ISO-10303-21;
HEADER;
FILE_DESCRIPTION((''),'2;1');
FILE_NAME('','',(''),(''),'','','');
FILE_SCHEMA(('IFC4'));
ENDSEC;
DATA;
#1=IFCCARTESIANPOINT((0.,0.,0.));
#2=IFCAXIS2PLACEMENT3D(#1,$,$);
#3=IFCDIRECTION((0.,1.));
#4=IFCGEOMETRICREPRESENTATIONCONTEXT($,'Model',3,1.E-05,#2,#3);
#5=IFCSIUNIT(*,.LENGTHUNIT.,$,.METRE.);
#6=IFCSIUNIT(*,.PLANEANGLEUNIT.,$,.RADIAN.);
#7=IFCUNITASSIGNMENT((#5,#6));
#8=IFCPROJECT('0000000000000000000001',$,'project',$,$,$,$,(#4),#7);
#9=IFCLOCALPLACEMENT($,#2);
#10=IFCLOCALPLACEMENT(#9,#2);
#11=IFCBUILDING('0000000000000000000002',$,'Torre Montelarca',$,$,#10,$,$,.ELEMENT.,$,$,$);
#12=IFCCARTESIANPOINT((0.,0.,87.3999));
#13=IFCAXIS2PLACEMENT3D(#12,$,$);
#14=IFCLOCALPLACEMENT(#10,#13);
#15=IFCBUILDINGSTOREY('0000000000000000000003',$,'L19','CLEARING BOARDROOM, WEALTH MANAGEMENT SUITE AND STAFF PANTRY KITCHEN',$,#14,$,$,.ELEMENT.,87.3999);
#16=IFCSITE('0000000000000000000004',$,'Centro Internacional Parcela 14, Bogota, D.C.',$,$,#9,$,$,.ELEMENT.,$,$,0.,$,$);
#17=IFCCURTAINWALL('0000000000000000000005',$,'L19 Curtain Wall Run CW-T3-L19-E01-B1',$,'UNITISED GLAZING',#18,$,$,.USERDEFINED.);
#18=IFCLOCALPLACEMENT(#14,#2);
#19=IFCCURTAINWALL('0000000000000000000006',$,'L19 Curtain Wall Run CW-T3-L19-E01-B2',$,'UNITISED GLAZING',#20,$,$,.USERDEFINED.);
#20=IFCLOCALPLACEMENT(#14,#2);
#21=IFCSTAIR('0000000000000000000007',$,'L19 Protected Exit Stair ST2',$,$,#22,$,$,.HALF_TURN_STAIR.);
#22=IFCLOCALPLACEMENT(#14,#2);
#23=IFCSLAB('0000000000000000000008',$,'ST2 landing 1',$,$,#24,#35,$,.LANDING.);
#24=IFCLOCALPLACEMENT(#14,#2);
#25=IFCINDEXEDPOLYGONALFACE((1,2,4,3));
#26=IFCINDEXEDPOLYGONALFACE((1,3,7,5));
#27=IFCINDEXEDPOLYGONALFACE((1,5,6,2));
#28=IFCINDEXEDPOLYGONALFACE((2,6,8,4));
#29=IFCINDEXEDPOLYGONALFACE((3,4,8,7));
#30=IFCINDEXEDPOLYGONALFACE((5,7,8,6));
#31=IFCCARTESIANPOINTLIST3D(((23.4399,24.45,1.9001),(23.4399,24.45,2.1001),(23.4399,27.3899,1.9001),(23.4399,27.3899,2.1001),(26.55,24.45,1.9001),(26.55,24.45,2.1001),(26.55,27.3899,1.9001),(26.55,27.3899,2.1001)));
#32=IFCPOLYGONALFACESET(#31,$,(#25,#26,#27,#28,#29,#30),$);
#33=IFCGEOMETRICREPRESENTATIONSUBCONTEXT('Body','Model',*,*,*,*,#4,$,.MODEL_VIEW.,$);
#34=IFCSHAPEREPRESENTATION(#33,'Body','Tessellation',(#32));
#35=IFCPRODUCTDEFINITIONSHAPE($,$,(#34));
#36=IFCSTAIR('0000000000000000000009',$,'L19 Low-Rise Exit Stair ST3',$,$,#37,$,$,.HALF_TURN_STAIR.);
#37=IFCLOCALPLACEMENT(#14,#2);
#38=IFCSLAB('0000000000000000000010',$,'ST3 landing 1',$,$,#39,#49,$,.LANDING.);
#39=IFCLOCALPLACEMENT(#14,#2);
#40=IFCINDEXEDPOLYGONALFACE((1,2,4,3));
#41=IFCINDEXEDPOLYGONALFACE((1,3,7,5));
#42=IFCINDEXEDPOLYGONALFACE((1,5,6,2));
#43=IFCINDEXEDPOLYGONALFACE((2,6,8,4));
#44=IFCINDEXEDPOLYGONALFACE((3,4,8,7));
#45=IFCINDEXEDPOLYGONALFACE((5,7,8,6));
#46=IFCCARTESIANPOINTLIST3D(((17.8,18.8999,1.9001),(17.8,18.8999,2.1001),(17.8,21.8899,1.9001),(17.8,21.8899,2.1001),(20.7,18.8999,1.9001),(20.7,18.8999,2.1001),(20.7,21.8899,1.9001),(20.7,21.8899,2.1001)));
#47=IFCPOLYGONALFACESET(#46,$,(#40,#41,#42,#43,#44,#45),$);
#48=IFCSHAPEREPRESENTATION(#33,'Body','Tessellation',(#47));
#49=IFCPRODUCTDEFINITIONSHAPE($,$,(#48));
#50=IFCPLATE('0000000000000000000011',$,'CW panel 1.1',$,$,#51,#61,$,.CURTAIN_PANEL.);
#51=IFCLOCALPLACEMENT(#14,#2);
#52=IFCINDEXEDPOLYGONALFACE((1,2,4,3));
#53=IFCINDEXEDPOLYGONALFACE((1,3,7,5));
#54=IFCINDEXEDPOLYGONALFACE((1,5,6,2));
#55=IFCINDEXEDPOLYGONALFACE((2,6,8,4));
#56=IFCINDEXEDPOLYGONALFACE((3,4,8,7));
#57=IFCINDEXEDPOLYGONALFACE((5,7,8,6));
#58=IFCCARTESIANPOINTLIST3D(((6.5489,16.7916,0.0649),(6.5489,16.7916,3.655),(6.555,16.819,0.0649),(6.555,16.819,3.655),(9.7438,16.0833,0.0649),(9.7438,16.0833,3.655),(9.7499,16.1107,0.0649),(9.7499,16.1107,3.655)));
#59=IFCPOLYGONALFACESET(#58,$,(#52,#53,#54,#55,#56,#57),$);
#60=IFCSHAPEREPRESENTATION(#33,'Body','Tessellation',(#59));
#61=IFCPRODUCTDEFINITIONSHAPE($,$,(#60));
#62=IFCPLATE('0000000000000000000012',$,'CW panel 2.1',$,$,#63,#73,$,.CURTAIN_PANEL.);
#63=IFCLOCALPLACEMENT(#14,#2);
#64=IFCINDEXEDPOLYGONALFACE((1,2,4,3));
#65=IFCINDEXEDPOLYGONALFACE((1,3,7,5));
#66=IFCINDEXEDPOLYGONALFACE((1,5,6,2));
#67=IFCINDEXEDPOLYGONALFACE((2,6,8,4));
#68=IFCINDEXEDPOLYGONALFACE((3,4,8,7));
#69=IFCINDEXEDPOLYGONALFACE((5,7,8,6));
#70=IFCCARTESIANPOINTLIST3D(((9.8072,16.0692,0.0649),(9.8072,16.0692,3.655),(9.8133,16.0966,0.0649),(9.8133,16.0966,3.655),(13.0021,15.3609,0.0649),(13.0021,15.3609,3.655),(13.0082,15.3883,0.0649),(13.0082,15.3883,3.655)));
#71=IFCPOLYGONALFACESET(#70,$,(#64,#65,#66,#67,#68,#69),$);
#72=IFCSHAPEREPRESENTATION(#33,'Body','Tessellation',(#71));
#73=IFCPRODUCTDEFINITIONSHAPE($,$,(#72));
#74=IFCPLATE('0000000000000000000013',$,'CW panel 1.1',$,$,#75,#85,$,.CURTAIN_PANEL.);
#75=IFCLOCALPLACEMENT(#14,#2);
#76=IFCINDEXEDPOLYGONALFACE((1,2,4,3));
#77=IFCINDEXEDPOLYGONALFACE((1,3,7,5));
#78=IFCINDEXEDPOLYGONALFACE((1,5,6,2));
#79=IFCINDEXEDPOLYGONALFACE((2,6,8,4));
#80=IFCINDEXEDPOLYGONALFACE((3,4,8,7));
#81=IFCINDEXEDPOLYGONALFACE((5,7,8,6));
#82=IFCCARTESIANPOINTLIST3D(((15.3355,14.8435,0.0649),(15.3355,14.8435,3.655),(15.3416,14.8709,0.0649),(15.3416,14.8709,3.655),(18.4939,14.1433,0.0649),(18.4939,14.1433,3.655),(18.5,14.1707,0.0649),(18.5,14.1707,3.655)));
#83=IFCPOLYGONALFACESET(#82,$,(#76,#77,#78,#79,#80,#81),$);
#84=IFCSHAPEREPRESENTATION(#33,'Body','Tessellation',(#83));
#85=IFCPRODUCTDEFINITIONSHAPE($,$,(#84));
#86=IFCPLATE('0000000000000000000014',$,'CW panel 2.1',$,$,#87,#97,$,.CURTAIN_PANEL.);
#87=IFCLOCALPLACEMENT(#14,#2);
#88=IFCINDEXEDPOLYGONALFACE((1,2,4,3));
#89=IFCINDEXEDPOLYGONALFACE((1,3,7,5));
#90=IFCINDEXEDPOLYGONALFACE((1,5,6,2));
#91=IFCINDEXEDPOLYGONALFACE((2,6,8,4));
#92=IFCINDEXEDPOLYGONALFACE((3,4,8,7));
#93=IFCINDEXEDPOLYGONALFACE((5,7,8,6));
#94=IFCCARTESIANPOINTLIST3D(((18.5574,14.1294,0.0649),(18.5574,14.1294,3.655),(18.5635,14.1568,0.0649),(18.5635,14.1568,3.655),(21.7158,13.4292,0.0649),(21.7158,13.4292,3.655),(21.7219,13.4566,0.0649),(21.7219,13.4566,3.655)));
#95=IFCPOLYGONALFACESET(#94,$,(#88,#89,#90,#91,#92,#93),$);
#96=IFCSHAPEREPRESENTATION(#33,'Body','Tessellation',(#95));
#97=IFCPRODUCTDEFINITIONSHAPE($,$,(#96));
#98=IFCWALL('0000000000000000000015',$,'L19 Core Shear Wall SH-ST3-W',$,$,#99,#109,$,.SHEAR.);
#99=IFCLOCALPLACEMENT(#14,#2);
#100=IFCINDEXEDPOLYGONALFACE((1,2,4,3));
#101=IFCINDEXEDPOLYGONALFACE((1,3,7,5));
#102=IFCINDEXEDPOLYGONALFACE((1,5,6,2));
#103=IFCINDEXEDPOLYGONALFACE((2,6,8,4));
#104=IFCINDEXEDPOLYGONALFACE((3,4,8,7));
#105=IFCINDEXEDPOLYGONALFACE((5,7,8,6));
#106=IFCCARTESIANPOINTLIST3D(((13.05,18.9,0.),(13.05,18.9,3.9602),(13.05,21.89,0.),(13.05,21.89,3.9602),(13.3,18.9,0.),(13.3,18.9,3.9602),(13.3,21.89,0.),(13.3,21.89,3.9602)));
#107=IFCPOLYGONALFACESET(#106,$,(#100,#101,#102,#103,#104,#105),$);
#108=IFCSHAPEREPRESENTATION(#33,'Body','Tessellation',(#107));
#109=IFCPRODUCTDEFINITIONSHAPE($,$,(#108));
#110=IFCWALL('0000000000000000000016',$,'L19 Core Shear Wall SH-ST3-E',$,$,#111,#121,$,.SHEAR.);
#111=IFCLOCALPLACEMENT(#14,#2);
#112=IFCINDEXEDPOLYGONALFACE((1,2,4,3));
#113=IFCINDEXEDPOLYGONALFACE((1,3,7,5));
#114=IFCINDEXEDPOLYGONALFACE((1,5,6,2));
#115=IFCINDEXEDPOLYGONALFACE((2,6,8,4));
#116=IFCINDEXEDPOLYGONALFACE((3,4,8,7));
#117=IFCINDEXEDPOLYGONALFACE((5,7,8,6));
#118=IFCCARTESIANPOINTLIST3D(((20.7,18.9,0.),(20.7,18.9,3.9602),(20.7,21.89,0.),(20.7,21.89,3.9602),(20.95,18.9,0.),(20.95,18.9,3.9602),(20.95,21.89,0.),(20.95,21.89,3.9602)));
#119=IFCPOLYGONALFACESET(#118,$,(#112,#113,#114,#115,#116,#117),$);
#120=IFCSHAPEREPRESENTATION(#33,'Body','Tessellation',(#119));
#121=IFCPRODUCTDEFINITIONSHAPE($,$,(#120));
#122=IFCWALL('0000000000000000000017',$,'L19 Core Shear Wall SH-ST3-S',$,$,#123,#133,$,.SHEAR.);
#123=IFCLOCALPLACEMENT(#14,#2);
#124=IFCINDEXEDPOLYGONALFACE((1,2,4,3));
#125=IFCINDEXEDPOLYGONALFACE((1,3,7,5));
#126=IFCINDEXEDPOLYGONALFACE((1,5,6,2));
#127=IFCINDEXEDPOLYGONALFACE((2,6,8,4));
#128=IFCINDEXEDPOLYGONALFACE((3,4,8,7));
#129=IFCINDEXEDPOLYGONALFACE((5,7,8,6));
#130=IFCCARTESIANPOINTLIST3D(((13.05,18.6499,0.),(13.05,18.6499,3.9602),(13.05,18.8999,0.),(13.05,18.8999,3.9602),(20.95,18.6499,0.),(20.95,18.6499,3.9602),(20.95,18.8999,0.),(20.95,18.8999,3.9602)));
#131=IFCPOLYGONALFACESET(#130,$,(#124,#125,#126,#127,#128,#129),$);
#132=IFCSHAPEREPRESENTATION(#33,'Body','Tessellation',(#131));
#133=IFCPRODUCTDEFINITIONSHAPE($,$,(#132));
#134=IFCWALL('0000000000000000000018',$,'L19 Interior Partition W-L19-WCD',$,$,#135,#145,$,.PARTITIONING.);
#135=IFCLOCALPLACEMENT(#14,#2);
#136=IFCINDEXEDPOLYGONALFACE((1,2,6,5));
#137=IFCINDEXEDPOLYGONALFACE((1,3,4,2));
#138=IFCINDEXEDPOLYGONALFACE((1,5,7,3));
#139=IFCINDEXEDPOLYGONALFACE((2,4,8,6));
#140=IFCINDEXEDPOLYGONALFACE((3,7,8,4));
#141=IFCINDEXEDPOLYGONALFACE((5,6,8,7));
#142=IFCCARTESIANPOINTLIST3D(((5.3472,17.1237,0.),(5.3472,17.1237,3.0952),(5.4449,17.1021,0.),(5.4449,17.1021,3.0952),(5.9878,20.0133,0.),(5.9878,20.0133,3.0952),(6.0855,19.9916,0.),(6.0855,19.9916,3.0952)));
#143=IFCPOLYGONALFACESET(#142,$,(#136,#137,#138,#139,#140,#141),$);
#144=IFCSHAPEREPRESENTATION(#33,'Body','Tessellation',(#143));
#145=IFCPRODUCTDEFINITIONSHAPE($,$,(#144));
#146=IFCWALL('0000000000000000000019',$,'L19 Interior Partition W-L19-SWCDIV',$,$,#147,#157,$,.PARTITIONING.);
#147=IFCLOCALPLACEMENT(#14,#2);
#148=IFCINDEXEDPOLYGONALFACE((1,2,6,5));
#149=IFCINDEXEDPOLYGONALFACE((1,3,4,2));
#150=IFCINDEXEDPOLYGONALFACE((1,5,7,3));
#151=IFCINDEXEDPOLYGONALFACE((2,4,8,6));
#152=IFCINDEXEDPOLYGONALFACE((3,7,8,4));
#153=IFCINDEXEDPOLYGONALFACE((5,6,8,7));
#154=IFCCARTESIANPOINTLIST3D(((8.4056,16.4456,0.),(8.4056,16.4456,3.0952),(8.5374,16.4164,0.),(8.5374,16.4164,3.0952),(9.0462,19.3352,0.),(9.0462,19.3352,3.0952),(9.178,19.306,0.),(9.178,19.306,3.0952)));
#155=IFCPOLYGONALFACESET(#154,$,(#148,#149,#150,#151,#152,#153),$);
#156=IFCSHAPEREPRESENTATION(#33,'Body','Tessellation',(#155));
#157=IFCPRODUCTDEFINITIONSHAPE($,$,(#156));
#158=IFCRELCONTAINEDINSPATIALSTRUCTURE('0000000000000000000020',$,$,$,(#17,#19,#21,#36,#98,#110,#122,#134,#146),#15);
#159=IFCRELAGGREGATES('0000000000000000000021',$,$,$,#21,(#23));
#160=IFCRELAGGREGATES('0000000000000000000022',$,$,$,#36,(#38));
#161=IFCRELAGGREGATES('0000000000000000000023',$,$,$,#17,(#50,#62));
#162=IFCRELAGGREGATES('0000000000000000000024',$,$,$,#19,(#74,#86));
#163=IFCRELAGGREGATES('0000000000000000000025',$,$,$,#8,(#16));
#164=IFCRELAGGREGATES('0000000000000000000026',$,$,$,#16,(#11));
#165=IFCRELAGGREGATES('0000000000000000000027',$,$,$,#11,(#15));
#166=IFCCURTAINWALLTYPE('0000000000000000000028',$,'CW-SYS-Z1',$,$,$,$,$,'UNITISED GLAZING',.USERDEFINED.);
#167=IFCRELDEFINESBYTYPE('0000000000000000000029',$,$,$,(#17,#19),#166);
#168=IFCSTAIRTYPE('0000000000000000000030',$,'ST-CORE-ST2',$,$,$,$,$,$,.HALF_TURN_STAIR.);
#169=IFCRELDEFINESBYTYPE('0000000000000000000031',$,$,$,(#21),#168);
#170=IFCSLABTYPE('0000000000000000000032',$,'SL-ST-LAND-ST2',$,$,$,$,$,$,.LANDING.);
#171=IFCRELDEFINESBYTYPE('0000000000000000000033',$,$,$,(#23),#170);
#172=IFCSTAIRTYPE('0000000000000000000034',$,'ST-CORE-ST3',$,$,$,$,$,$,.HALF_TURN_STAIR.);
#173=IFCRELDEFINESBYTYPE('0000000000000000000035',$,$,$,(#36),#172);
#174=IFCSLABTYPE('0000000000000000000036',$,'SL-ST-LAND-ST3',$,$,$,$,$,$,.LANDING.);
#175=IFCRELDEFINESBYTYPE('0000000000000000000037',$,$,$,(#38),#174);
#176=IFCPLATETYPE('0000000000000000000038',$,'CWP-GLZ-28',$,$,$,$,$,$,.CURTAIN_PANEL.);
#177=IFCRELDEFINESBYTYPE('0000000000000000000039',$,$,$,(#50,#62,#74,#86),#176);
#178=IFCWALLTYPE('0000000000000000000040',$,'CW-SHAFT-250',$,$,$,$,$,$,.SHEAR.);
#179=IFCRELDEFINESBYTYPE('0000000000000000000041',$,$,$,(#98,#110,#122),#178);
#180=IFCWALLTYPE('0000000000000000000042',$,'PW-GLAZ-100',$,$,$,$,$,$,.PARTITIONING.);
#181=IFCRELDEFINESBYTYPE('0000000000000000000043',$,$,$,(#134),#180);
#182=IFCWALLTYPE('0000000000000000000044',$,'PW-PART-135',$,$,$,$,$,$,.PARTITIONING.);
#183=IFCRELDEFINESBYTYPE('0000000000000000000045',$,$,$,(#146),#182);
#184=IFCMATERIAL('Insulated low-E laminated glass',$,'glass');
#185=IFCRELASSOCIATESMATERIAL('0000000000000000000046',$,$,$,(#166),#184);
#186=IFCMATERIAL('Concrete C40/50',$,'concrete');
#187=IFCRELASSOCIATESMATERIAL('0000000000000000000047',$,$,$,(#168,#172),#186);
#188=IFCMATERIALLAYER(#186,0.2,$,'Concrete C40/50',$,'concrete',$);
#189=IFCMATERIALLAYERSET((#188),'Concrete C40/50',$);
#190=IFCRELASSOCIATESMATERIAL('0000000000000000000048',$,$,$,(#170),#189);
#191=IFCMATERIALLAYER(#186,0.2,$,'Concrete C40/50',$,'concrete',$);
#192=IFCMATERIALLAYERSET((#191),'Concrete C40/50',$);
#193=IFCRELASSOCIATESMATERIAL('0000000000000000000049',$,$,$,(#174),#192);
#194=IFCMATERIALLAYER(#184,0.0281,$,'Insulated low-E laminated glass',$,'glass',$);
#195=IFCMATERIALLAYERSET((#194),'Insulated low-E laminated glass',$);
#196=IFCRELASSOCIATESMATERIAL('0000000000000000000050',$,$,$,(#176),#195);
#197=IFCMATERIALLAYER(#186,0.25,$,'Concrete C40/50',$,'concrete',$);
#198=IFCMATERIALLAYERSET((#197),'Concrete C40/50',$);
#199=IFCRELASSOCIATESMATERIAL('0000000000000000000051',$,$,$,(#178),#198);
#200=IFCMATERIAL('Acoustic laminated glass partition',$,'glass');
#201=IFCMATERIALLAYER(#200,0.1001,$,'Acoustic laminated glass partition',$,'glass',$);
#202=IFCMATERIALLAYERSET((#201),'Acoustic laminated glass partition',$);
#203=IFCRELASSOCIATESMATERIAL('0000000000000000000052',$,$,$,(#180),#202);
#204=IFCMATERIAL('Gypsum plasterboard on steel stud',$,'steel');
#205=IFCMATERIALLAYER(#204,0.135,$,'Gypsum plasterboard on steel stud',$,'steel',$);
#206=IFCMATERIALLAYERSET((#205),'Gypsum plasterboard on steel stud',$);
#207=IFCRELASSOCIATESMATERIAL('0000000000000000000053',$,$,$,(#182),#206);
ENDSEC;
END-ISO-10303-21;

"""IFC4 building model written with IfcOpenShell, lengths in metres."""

from ifc_helpers import new_model, si_unit, direction, frame, frame_2d, origin, origin_2d, place, context, subcontext, project, spatial, polyline, rectangle, outline, extrude, source, transform, mapped, material, layer, layer_set, type_object, element, aggregate, save


model = new_model("IFC4")

# Units and contexts
model_context = context("Model", 3, precision=1e-05, world=origin(), true_north=direction((0.0, 1.0)))
body_context = subcontext(model_context, "Body", "Model", "MODEL_VIEW")
ifc_project = project(units=[si_unit("LENGTHUNIT", "METRE"), si_unit("PLANEANGLEUNIT", "RADIAN")], contexts=[model_context])

# Site, building, storey
site_placement = place(None, origin())
site = spatial("IfcSite", under=ifc_project, at=site_placement, Name="Centro Internacional Parcela 14, Bogota, D.C.", CompositionType="ELEMENT", RefElevation=0.0)
building_placement = place(site_placement, origin())
building = spatial("IfcBuilding", under=site, at=building_placement, Name="Torre Montelarca", CompositionType="ELEMENT")
storey_placement = place(building_placement, frame((0.0, 0.0, 87.3999)))
storey = spatial("IfcBuildingStorey", under=building, at=storey_placement, Name="L19", Description="CLEARING BOARDROOM, WEALTH MANAGEMENT SUITE AND STAFF PANTRY KITCHEN", CompositionType="ELEMENT", Elevation=87.3999)

# Curtain walls
ifc_material_1 = material(Name="Insulated low-E laminated glass", Category="glass")
curtain_wall_type = type_object("IfcCurtainWallType", Name="CW-SYS-Z1", ElementType="UNITISED GLAZING", PredefinedType="USERDEFINED", material=ifc_material_1)
curtain_wall_1_placement = place(storey_placement, origin())
curtain_wall_1 = element("IfcCurtainWall", 1, at=curtain_wall_1_placement, inside=storey, type_object=curtain_wall_type, Name="L19 Curtain Wall Run CW-T3-L19-E01-B1", ObjectType="UNITISED GLAZING", PredefinedType="USERDEFINED")
curtain_wall_2_placement = place(storey_placement, origin())
curtain_wall_2 = element("IfcCurtainWall", 2, at=curtain_wall_2_placement, inside=storey, type_object=curtain_wall_type, Name="L19 Curtain Wall Run CW-T3-L19-E01-B2", ObjectType="UNITISED GLAZING", PredefinedType="USERDEFINED")

# Shared definitions
ifc_material_2 = material(Name="Concrete C40/50", Category="concrete")

# Stairs, slabs
stair_type_1 = type_object("IfcStairType", Name="ST-CORE-ST2", PredefinedType="HALF_TURN_STAIR", material=ifc_material_2)
stair_1_placement = place(storey_placement, origin())
stair_1 = element("IfcStair", 3, at=stair_1_placement, inside=storey, type_object=stair_type_1, Name="L19 Protected Exit Stair ST2", PredefinedType="HALF_TURN_STAIR")
ifc_layer_1 = layer(ifc_material_2, 0.2, Name="Concrete C40/50", Category="concrete")
ifc_layer_set_1 = layer_set([ifc_layer_1], Name="Concrete C40/50")
slab_type_1 = type_object("IfcSlabType", Name="SL-ST-LAND-ST2", PredefinedType="LANDING", material=ifc_layer_set_1)
slab_1_placement = place(storey_placement, frame((0.0, 0.0, 1.9001)))
slab_1 = element("IfcSlab", 4, at=slab_1_placement, type_object=slab_type_1, Name="ST2 landing 1", PredefinedType="LANDING", context=body_context, shape_type="SweptSolid", body=[
    extrude(outline(polyline([(23.4399, 27.3899), (23.4399, 24.45), (26.55, 24.45), (26.55, 27.3899), (23.4399, 27.3899)])), origin(), (0.0, 0.0, 1.0), 0.2),
])
aggregate(stair_1, [slab_1])
stair_type_2 = type_object("IfcStairType", Name="ST-CORE-ST3", PredefinedType="HALF_TURN_STAIR", material=ifc_material_2)
stair_2_placement = place(storey_placement, origin())
stair_2 = element("IfcStair", 5, at=stair_2_placement, inside=storey, type_object=stair_type_2, Name="L19 Low-Rise Exit Stair ST3", PredefinedType="HALF_TURN_STAIR")
ifc_layer_2 = layer(ifc_material_2, 0.2, Name="Concrete C40/50", Category="concrete")
ifc_layer_set_2 = layer_set([ifc_layer_2], Name="Concrete C40/50")
slab_type_2 = type_object("IfcSlabType", Name="SL-ST-LAND-ST3", PredefinedType="LANDING", material=ifc_layer_set_2)
slab_2_placement = place(storey_placement, frame((0.0, 0.0, 1.9001)))
slab_2 = element("IfcSlab", 6, at=slab_2_placement, type_object=slab_type_2, Name="ST3 landing 1", PredefinedType="LANDING", context=body_context, shape_type="SweptSolid", body=[
    extrude(outline(polyline([(17.8, 18.8999), (20.7, 18.8999), (20.7, 21.8899), (17.8, 21.8899), (17.8, 18.8999)])), origin(), (0.0, 0.0, 1.0), 0.2),
])
aggregate(stair_2, [slab_2])

# Plates
ifc_layer_3 = layer(ifc_material_1, 0.0281, Name="Insulated low-E laminated glass", Category="glass")
ifc_layer_set_3 = layer_set([ifc_layer_3], Name="Insulated low-E laminated glass")
plate_type = type_object("IfcPlateType", Name="CWP-GLZ-28", PredefinedType="CURTAIN_PANEL", material=ifc_layer_set_3)
shared_shape_1 = source(origin(), body_context, "Body", "SweptSolid", [
    extrude(rectangle(XDim=3.2725, YDim=0.0281, at=origin_2d()), origin(), (0.0, 0.0, 1.0), 3.5901),
])
plate_1_placement = place(storey_placement, frame((8.1494, 16.4512, 0.0649), z_axis=(0.0, 0.0, 1.0), x_axis=(0.976297, -0.216437, 0.0)))
plate_1 = element("IfcPlate", 7, at=plate_1_placement, type_object=plate_type, Name="CW panel 1.1", PredefinedType="CURTAIN_PANEL", context=body_context, shape_type="MappedRepresentation", body=[
    mapped(shared_shape_1, transform((0.0, 0.0, 0.0), scale=1.0)),
])
plate_2_placement = place(storey_placement, frame((11.4077, 15.7288, 0.0649), z_axis=(0.0, 0.0, 1.0), x_axis=(0.976297, -0.216437, 0.0)))
plate_2 = element("IfcPlate", 8, at=plate_2_placement, type_object=plate_type, Name="CW panel 2.1", PredefinedType="CURTAIN_PANEL", context=body_context, shape_type="MappedRepresentation", body=[
    mapped(shared_shape_1, transform((0.0, 0.0, 0.0), scale=1.0)),
])
aggregate(curtain_wall_1, [plate_1, plate_2])
shared_shape_2 = source(origin(), body_context, "Body", "SweptSolid", [
    extrude(rectangle(XDim=3.2351, YDim=0.0281, at=origin_2d()), origin(), (0.0, 0.0, 1.0), 3.5901),
])
plate_3_placement = place(storey_placement, frame((16.9177, 14.5071, 0.0649), z_axis=(0.0, 0.0, 1.0), x_axis=(0.976296, -0.216441, 0.0)))
plate_3 = element("IfcPlate", 9, at=plate_3_placement, type_object=plate_type, Name="CW panel 1.1", PredefinedType="CURTAIN_PANEL", context=body_context, shape_type="MappedRepresentation", body=[
    mapped(shared_shape_2, transform((0.0, 0.0, 0.0), scale=1.0)),
])
plate_4_placement = place(storey_placement, frame((20.1396, 13.793, 0.0649), z_axis=(0.0, 0.0, 1.0), x_axis=(0.976296, -0.216441, 0.0)))
plate_4 = element("IfcPlate", 10, at=plate_4_placement, type_object=plate_type, Name="CW panel 2.1", PredefinedType="CURTAIN_PANEL", context=body_context, shape_type="MappedRepresentation", body=[
    mapped(shared_shape_2, transform((0.0, 0.0, 0.0), scale=1.0)),
])
aggregate(curtain_wall_2, [plate_3, plate_4])

# Walls
ifc_layer_4 = layer(ifc_material_2, 0.25, Name="Concrete C40/50", Category="concrete")
ifc_layer_set_4 = layer_set([ifc_layer_4], Name="Concrete C40/50")
wall_type_1 = type_object("IfcWallType", Name="CW-SHAFT-250", PredefinedType="SHEAR", material=ifc_layer_set_4)
for number, where, z_axis, x_axis, name in (
    (11, (13.175, 18.8999, 0.0), (0.0, 0.0, 1.0), (0.0, 1.0, 0.0), "L19 Core Shear Wall SH-ST3-W"),
    (12, (20.825, 18.8999, 0.0), (0.0, 0.0, 1.0), (0.0, 1.0, 0.0), "L19 Core Shear Wall SH-ST3-E"),
):
    element("IfcWall", number, at=place(storey_placement, frame(where, z_axis=z_axis, x_axis=x_axis)), inside=storey, type_object=wall_type_1, Name=name, PredefinedType="SHEAR", context=body_context, shape_type="SweptSolid", body=[
        extrude(rectangle(XDim=2.99, YDim=0.25, at=frame_2d((1.4951, 0.0))), origin(), (0.0, 0.0, 1.0), 3.9602),
    ])
wall_1_placement = place(storey_placement, frame((13.05, 18.7749, 0.0), z_axis=(0.0, 0.0, 1.0), x_axis=(1.0, 0.0, 0.0)))
element("IfcWall", 13, at=wall_1_placement, inside=storey, type_object=wall_type_1, Name="L19 Core Shear Wall SH-ST3-S", PredefinedType="SHEAR", context=body_context, shape_type="SweptSolid", body=[
    extrude(rectangle(XDim=7.8999, YDim=0.25, at=frame_2d((3.95, 0.0))), origin(), (0.0, 0.0, 1.0), 3.9602),
])
ifc_material_3 = material(Name="Acoustic laminated glass partition", Category="glass")
ifc_layer_5 = layer(ifc_material_3, 0.1001, Name="Acoustic laminated glass partition", Category="glass")
ifc_layer_set_5 = layer_set([ifc_layer_5], Name="Acoustic laminated glass partition")
wall_type_2 = type_object("IfcWallType", Name="PW-GLAZ-100", PredefinedType="PARTITIONING", material=ifc_layer_set_5)
wall_2_placement = place(storey_placement, frame((5.396, 17.1128, 0.0), z_axis=(0.0, 0.0, 1.0), x_axis=(0.216441, 0.976296, 0.0)))
element("IfcWall", 14, at=wall_2_placement, inside=storey, type_object=wall_type_2, Name="L19 Interior Partition W-L19-WCD", PredefinedType="PARTITIONING", context=body_context, shape_type="SweptSolid", body=[
    extrude(rectangle(XDim=2.9597, YDim=0.1001, at=frame_2d((1.48, 0.0))), origin(), (0.0, 0.0, 1.0), 3.0952),
])
ifc_material_4 = material(Name="Gypsum plasterboard on steel stud", Category="steel")
ifc_layer_6 = layer(ifc_material_4, 0.135, Name="Gypsum plasterboard on steel stud", Category="steel")
ifc_layer_set_6 = layer_set([ifc_layer_6], Name="Gypsum plasterboard on steel stud")
wall_type_3 = type_object("IfcWallType", Name="PW-PART-135", PredefinedType="PARTITIONING", material=ifc_layer_set_6)
wall_3_placement = place(storey_placement, frame((8.4714, 16.4309, 0.0), z_axis=(0.0, 0.0, 1.0), x_axis=(0.216441, 0.976296, 0.0)))
element("IfcWall", 15, at=wall_3_placement, inside=storey, type_object=wall_type_3, Name="L19 Interior Partition W-L19-SWCDIV", PredefinedType="PARTITIONING", context=body_context, shape_type="SweptSolid", body=[
    extrude(rectangle(XDim=2.9597, YDim=0.135, at=frame_2d((1.48, 0.0))), origin(), (0.0, 0.0, 1.0), 3.0952),
])

save(model, "model.ifc")
